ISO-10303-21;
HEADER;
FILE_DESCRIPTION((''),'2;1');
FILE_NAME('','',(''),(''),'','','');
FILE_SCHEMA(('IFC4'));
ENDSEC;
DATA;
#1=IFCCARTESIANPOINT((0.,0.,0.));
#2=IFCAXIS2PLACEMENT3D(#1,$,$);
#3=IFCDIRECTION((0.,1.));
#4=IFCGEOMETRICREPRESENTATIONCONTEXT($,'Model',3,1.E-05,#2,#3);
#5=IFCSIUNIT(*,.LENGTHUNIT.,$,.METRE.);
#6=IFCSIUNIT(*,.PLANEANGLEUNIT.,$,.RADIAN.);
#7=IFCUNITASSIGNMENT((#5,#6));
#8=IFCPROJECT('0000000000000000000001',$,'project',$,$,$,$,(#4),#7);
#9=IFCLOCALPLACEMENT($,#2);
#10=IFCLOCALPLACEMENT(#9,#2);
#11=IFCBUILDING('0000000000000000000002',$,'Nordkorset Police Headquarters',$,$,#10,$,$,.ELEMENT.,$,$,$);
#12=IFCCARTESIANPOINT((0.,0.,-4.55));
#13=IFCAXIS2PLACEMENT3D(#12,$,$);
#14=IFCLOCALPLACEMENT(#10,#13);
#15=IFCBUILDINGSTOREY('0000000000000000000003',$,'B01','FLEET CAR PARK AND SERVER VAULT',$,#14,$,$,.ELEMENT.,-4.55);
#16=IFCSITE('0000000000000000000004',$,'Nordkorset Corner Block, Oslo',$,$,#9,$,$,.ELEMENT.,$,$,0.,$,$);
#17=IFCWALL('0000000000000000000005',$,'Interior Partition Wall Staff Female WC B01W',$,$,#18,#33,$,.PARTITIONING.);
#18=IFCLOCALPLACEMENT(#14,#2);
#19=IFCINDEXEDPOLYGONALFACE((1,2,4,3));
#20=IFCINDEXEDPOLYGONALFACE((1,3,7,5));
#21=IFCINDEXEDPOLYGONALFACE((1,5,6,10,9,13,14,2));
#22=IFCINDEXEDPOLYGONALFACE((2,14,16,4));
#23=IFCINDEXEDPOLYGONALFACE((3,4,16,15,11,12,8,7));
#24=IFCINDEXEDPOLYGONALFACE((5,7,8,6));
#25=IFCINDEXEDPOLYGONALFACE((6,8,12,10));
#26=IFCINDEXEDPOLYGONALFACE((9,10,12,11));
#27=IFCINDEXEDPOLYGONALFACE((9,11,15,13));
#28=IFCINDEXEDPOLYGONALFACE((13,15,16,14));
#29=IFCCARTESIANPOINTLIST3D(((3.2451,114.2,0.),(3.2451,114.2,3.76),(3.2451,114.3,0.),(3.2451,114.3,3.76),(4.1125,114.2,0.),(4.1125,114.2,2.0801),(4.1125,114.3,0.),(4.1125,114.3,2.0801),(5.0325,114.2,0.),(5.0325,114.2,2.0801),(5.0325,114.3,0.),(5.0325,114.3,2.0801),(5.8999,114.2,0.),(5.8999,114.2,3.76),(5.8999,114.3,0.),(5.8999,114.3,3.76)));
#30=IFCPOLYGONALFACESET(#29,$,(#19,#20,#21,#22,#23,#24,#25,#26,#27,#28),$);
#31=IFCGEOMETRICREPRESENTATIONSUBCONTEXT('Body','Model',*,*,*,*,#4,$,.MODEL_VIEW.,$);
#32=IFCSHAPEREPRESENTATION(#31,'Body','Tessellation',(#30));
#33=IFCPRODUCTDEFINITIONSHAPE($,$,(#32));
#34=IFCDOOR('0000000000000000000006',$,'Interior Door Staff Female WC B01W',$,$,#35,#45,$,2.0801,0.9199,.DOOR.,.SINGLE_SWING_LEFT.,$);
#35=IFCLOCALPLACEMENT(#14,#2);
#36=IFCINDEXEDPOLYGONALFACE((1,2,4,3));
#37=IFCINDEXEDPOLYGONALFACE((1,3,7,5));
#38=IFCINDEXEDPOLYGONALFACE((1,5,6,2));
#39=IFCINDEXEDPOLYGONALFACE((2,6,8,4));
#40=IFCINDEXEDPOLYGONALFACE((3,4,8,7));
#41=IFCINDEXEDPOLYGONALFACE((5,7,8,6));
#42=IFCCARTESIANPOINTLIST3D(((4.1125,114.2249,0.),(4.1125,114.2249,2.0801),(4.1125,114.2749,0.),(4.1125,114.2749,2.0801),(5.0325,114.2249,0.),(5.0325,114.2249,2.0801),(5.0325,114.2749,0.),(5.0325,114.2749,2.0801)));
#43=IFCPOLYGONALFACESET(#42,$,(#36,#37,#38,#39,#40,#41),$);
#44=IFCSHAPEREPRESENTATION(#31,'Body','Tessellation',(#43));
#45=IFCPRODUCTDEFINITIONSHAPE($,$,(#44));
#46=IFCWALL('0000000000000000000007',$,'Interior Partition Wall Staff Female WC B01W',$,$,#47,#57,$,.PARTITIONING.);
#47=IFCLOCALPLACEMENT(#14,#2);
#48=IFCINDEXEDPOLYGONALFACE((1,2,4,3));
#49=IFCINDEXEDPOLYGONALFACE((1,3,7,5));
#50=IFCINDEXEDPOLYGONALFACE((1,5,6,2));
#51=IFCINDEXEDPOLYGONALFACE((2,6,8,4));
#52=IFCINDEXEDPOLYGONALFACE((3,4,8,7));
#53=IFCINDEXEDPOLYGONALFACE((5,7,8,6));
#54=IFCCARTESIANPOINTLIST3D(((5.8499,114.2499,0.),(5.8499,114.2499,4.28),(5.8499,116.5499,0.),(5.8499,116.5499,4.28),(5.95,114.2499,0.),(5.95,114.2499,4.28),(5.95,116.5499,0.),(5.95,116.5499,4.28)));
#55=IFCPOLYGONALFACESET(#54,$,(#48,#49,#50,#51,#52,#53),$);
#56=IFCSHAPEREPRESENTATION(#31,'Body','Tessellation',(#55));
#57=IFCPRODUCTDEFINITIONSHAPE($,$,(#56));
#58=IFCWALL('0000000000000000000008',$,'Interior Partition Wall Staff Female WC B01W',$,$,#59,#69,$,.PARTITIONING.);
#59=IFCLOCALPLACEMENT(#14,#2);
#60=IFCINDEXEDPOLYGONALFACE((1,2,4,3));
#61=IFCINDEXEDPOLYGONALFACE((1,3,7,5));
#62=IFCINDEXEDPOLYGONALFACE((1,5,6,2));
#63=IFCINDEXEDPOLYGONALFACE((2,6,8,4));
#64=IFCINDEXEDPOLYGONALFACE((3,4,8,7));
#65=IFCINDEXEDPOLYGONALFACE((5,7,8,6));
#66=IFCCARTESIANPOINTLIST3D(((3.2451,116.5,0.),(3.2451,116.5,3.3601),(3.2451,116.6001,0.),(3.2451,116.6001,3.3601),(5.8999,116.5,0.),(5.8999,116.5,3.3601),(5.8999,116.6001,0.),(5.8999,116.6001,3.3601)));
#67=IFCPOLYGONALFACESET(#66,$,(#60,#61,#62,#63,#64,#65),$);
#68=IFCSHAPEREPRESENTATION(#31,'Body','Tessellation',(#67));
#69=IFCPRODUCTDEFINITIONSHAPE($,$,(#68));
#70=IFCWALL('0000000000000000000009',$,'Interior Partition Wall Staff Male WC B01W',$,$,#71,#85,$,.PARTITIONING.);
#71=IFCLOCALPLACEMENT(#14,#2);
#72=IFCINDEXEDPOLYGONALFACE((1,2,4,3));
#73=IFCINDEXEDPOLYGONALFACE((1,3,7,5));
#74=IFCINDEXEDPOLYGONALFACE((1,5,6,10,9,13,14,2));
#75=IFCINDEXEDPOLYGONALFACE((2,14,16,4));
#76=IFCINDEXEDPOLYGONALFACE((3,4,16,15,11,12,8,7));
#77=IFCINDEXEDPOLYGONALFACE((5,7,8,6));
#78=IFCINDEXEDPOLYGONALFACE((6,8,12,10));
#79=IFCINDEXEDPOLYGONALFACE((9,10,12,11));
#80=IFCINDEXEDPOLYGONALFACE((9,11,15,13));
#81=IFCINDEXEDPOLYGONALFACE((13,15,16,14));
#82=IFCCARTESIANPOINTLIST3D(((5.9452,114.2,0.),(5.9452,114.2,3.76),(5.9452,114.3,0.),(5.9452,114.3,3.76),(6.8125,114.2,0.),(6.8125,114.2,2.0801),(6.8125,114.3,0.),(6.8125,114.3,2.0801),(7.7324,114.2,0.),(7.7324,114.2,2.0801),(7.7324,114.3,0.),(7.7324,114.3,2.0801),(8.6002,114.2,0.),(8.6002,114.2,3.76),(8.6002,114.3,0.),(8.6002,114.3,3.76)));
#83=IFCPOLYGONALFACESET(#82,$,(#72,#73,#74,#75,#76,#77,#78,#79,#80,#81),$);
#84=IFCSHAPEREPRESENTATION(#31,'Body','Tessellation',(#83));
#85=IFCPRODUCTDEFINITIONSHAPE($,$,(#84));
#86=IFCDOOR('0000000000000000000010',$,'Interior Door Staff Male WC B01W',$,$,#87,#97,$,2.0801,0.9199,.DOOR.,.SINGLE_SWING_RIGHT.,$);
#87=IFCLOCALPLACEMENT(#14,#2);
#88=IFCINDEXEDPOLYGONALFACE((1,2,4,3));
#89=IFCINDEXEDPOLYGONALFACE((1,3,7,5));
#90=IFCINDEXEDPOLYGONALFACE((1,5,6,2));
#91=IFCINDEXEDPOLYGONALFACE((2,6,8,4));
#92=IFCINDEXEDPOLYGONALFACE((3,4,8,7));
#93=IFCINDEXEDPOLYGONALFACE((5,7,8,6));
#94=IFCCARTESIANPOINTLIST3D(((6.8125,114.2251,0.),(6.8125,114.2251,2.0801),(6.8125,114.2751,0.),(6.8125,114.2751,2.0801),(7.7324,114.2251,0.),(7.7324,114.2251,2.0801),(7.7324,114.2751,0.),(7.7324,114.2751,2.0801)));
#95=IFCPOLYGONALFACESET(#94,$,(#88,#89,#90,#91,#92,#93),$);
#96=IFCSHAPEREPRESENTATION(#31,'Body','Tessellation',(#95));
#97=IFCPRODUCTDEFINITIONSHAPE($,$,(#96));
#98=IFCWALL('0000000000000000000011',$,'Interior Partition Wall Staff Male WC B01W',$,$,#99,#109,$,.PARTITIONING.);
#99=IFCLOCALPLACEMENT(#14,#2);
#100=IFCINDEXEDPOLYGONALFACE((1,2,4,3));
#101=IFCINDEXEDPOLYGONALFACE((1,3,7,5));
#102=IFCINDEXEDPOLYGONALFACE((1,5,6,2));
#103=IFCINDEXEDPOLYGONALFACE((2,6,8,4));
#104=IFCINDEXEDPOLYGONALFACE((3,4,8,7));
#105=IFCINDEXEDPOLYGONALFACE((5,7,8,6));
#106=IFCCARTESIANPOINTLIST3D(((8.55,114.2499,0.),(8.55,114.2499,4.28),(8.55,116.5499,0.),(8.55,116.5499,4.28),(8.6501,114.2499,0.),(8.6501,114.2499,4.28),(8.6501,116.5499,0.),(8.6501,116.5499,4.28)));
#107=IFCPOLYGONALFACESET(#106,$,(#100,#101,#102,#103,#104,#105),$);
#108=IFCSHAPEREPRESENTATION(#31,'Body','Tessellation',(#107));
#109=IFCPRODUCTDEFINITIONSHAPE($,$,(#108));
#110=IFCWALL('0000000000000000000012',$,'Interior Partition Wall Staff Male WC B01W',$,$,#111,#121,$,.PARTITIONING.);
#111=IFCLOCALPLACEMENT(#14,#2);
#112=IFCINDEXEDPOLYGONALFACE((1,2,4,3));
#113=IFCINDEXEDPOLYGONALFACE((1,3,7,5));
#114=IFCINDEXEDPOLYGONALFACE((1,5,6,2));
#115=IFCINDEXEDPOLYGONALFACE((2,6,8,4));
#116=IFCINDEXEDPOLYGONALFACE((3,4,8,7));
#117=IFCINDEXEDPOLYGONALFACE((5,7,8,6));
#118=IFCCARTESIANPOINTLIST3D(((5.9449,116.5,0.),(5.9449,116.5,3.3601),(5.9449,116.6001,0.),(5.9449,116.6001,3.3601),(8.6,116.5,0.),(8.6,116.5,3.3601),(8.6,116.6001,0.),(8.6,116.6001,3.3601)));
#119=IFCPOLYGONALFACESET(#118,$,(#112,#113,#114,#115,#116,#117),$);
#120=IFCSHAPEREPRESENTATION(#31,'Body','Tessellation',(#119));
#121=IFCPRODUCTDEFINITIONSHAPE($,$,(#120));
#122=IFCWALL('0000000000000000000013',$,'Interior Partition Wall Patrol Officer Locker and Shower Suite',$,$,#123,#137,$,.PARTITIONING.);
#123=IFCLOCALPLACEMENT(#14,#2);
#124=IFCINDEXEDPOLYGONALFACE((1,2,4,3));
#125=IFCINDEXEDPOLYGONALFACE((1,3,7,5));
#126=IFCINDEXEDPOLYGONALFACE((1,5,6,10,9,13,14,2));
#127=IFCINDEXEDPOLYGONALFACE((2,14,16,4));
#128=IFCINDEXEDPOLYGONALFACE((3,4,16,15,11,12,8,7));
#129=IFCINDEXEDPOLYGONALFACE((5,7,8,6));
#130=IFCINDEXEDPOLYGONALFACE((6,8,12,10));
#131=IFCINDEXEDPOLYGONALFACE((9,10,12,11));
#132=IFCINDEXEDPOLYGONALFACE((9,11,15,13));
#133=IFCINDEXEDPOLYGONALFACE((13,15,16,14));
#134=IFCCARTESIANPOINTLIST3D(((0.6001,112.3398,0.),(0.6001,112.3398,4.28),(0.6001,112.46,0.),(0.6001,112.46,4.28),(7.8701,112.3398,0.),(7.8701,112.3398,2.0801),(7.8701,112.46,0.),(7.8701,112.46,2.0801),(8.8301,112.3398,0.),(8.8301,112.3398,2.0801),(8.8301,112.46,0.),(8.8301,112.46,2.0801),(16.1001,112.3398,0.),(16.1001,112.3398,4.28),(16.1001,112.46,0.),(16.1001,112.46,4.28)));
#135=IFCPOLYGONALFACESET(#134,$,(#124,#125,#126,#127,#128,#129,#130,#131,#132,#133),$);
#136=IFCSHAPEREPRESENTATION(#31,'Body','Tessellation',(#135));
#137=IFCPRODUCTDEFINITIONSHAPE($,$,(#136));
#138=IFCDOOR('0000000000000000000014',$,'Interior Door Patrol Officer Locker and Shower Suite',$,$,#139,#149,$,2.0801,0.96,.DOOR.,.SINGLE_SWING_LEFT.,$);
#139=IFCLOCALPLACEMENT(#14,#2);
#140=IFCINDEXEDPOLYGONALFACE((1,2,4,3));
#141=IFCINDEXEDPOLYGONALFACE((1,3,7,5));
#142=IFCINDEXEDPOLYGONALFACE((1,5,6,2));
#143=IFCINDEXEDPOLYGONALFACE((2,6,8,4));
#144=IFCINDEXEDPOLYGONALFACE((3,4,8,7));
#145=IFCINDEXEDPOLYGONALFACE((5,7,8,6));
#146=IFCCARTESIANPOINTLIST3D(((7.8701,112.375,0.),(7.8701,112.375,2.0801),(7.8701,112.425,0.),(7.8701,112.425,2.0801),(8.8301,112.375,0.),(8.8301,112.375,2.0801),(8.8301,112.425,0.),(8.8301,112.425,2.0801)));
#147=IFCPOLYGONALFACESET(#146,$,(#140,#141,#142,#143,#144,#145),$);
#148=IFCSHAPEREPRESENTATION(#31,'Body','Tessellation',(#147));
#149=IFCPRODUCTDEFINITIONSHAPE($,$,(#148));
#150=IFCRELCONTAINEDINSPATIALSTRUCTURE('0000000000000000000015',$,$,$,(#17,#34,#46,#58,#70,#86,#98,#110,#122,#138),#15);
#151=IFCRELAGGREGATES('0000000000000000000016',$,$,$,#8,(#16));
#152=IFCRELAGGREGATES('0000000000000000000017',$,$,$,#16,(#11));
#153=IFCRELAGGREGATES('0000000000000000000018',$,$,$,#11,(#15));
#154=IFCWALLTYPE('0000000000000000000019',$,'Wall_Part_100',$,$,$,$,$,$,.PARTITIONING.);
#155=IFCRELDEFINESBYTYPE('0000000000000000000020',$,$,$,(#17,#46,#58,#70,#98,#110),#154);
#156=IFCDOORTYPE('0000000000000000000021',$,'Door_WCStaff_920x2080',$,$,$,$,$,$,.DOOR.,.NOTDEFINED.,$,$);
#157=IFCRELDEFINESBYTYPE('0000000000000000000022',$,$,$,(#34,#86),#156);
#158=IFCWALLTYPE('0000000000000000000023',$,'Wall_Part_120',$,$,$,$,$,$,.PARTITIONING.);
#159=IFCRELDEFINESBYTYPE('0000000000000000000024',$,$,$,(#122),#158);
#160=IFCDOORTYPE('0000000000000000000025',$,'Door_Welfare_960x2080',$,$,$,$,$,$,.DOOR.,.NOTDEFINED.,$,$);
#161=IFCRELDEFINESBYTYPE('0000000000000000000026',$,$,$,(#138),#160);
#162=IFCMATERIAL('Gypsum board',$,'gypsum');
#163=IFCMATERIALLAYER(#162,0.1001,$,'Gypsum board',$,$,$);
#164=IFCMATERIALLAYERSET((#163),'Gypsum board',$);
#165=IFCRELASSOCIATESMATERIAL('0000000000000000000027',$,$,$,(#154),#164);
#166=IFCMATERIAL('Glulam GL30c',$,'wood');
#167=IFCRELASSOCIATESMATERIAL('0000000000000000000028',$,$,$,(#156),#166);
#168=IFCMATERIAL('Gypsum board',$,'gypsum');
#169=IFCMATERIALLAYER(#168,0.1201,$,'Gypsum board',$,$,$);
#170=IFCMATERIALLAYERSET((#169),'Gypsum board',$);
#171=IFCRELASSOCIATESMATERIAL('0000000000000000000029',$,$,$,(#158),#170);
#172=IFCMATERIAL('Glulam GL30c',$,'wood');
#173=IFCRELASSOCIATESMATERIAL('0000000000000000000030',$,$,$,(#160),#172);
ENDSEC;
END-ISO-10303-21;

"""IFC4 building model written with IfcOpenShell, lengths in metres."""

from ifc_helpers import new_model, si_unit, direction, frame, frame_2d, origin, place, context, subcontext, project, spatial, rectangle, extrude, material, layer, layer_set, type_object, element, fill, save


model = new_model("IFC4")

# Units and contexts
model_context = context("Model", 3, precision=1e-05, world=origin(), true_north=direction((0.0, 1.0)))
body_context = subcontext(model_context, "Body", "Model", "MODEL_VIEW")
ifc_project = project(units=[si_unit("LENGTHUNIT", "METRE"), si_unit("PLANEANGLEUNIT", "RADIAN")], contexts=[model_context])

# Site, building, storey
site_placement = place(None, origin())
site = spatial("IfcSite", under=ifc_project, at=site_placement, Name="Nordkorset Corner Block, Oslo", CompositionType="ELEMENT", RefElevation=0.0)
building_placement = place(site_placement, origin())
building = spatial("IfcBuilding", under=site, at=building_placement, Name="Nordkorset Police Headquarters", CompositionType="ELEMENT")
storey_placement = place(building_placement, frame((0.0, 0.0, -4.55)))
storey = spatial("IfcBuildingStorey", under=building, at=storey_placement, Name="B01", Description="FLEET CAR PARK AND SERVER VAULT", CompositionType="ELEMENT", Elevation=-4.55)

# Shared definitions
ifc_material_1 = material(Name="Gypsum board", Category="gypsum")
ifc_layer_1 = layer(ifc_material_1, 0.1001, Name="Gypsum board")
ifc_layer_set_1 = layer_set([ifc_layer_1], Name="Gypsum board")
wall_type_1 = type_object("IfcWallType", Name="Wall_Part_100", PredefinedType="PARTITIONING", material=ifc_layer_set_1)

# Wall, opening, door
wall_1_placement = place(storey_placement, frame((3.2451, 114.25, 0.0), z_axis=(0.0, 0.0, 1.0), x_axis=(1.0, 0.0, 0.0)))
wall_1 = element("IfcWall", 1, at=wall_1_placement, inside=storey, type_object=wall_type_1, Name="Interior Partition Wall Staff Female WC B01W", PredefinedType="PARTITIONING", context=body_context, shape_type="SweptSolid", body=[
    extrude(rectangle(XDim=2.6548, YDim=0.1001, at=frame_2d((1.3274, 0.0))), origin(), (0.0, 0.0, 1.0), 3.76),
])
opening_1_placement = place(wall_1_placement, frame((0.8674, 0.0, 0.0)))
opening_1 = element("IfcOpeningElement", 2, at=opening_1_placement, cuts=wall_1, PredefinedType="OPENING", context=body_context, shape_type="SweptSolid", body=[
    extrude(rectangle(XDim=0.9199, YDim=2.0801, at=frame_2d((0.46, 1.04))), frame((0.0, 0.0601, 0.0), z_axis=(0.0, -1.0, 0.0), x_axis=(1.0, 0.0, 0.0)), (0.0, 0.0, 1.0), 0.1201),
])
ifc_material_2 = material(Name="Glulam GL30c", Category="wood")
door_type_1 = type_object("IfcDoorType", Name="Door_WCStaff_920x2080", OperationType="NOTDEFINED", PredefinedType="DOOR", material=ifc_material_2)
door_1_placement = place(opening_1_placement, origin())
door_1 = element("IfcDoor", 3, at=door_1_placement, inside=storey, type_object=door_type_1, Name="Interior Door Staff Female WC B01W", OperationType="SINGLE_SWING_LEFT", OverallHeight=2.0801, OverallWidth=0.9199, PredefinedType="DOOR", context=body_context, shape_type="SweptSolid", body=[
    extrude(rectangle(XDim=0.9199, YDim=2.0801, at=frame_2d((0.46, 1.04))), frame((0.0, 0.0249, 0.0), z_axis=(0.0, -1.0, 0.0), x_axis=(1.0, 0.0, 0.0)), (0.0, 0.0, 1.0), 0.05),
])
fill(opening_1, door_1)

# Walls
wall_2_placement = place(storey_placement, frame((5.8999, 114.25, 0.0), z_axis=(0.0, 0.0, 1.0), x_axis=(0.0, 1.0, 0.0)))
element("IfcWall", 4, at=wall_2_placement, inside=storey, type_object=wall_type_1, Name="Interior Partition Wall Staff Female WC B01W", PredefinedType="PARTITIONING", context=body_context, shape_type="SweptSolid", body=[
    extrude(rectangle(XDim=2.3, YDim=0.1001, at=frame_2d((1.1499, 0.0))), origin(), (0.0, 0.0, 1.0), 4.28),
])
wall_3_placement = place(storey_placement, frame((5.8999, 116.55, 0.0), z_axis=(0.0, 0.0, 1.0), x_axis=(-1.0, 0.0, 0.0)))
element("IfcWall", 5, at=wall_3_placement, inside=storey, type_object=wall_type_1, Name="Interior Partition Wall Staff Female WC B01W", PredefinedType="PARTITIONING", context=body_context, shape_type="SweptSolid", body=[
    extrude(rectangle(XDim=2.6548, YDim=0.1001, at=frame_2d((1.3274, 0.0))), origin(), (0.0, 0.0, 1.0), 3.3601),
])

# Wall, opening, door
wall_4_placement = place(storey_placement, frame((5.9451, 114.25, 0.0), z_axis=(0.0, 0.0, 1.0), x_axis=(1.0, 0.0, 0.0)))
wall_4 = element("IfcWall", 6, at=wall_4_placement, inside=storey, type_object=wall_type_1, Name="Interior Partition Wall Staff Male WC B01W", PredefinedType="PARTITIONING", context=body_context, shape_type="SweptSolid", body=[
    extrude(rectangle(XDim=2.655, YDim=0.1001, at=frame_2d((1.3276, 0.0))), origin(), (0.0, 0.0, 1.0), 3.76),
])
opening_2_placement = place(wall_4_placement, frame((0.8674, 0.0, 0.0)))
opening_2 = element("IfcOpeningElement", 7, at=opening_2_placement, cuts=wall_4, PredefinedType="OPENING", context=body_context, shape_type="SweptSolid", body=[
    extrude(rectangle(XDim=0.9199, YDim=2.0801, at=frame_2d((0.46, 1.04))), frame((0.0, 0.0601, 0.0), z_axis=(0.0, -1.0, 0.0), x_axis=(1.0, 0.0, 0.0)), (0.0, 0.0, 1.0), 0.1201),
])
door_2_placement = place(opening_2_placement, frame((0.9199, 0.0, 0.0), z_axis=(0.0, 0.0, 1.0), x_axis=(-1.0, 0.0, 0.0)))
door_2 = element("IfcDoor", 8, at=door_2_placement, inside=storey, type_object=door_type_1, Name="Interior Door Staff Male WC B01W", OperationType="SINGLE_SWING_RIGHT", OverallHeight=2.0801, OverallWidth=0.9199, PredefinedType="DOOR", context=body_context, shape_type="SweptSolid", body=[
    extrude(rectangle(XDim=0.9199, YDim=2.0801, at=frame_2d((0.46, 1.04))), frame((0.0, 0.0249, 0.0), z_axis=(0.0, -1.0, 0.0), x_axis=(1.0, 0.0, 0.0)), (0.0, 0.0, 1.0), 0.05),
])
fill(opening_2, door_2)

# Walls
wall_5_placement = place(storey_placement, frame((8.6001, 114.25, 0.0), z_axis=(0.0, 0.0, 1.0), x_axis=(0.0, 1.0, 0.0)))
element("IfcWall", 9, at=wall_5_placement, inside=storey, type_object=wall_type_1, Name="Interior Partition Wall Staff Male WC B01W", PredefinedType="PARTITIONING", context=body_context, shape_type="SweptSolid", body=[
    extrude(rectangle(XDim=2.3, YDim=0.1001, at=frame_2d((1.1499, 0.0))), origin(), (0.0, 0.0, 1.0), 4.28),
])
wall_6_placement = place(storey_placement, frame((8.6001, 116.55, 0.0), z_axis=(0.0, 0.0, 1.0), x_axis=(-1.0, 0.0, 0.0)))
element("IfcWall", 10, at=wall_6_placement, inside=storey, type_object=wall_type_1, Name="Interior Partition Wall Staff Male WC B01W", PredefinedType="PARTITIONING", context=body_context, shape_type="SweptSolid", body=[
    extrude(rectangle(XDim=2.655, YDim=0.1001, at=frame_2d((1.3276, 0.0))), origin(), (0.0, 0.0, 1.0), 3.3601),
])

# Wall, opening, door
ifc_material_3 = material(Name="Gypsum board", Category="gypsum")
ifc_layer_2 = layer(ifc_material_3, 0.1201, Name="Gypsum board")
ifc_layer_set_2 = layer_set([ifc_layer_2], Name="Gypsum board")
wall_type_2 = type_object("IfcWallType", Name="Wall_Part_120", PredefinedType="PARTITIONING", material=ifc_layer_set_2)
wall_7_placement = place(storey_placement, frame((16.1001, 112.3999, 0.0), z_axis=(0.0, 0.0, 1.0), x_axis=(-1.0, 0.0, 0.0)))
wall_7 = element("IfcWall", 11, at=wall_7_placement, inside=storey, type_object=wall_type_2, Name="Interior Partition Wall Patrol Officer Locker and Shower Suite", PredefinedType="PARTITIONING", context=body_context, shape_type="SweptSolid", body=[
    extrude(rectangle(XDim=15.5, YDim=0.1201, at=frame_2d((7.75, 0.0))), origin(), (0.0, 0.0, 1.0), 4.28),
])
opening_3_placement = place(wall_7_placement, frame((7.27, 0.0, 0.0)))
opening_3 = element("IfcOpeningElement", 12, at=opening_3_placement, cuts=wall_7, PredefinedType="OPENING", context=body_context, shape_type="SweptSolid", body=[
    extrude(rectangle(XDim=0.96, YDim=2.0801, at=frame_2d((0.48, 1.04))), frame((0.0, 0.0701, 0.0), z_axis=(0.0, -1.0, 0.0), x_axis=(1.0, 0.0, 0.0)), (0.0, 0.0, 1.0), 0.1401),
])
ifc_material_4 = material(Name="Glulam GL30c", Category="wood")
door_type_2 = type_object("IfcDoorType", Name="Door_Welfare_960x2080", OperationType="NOTDEFINED", PredefinedType="DOOR", material=ifc_material_4)
door_3_placement = place(opening_3_placement, origin())
door_3 = element("IfcDoor", 13, at=door_3_placement, inside=storey, type_object=door_type_2, Name="Interior Door Patrol Officer Locker and Shower Suite", OperationType="SINGLE_SWING_LEFT", OverallHeight=2.0801, OverallWidth=0.96, PredefinedType="DOOR", context=body_context, shape_type="SweptSolid", body=[
    extrude(rectangle(XDim=0.96, YDim=2.0801, at=frame_2d((0.48, 1.04))), frame((0.0, 0.0249, 0.0), z_axis=(0.0, -1.0, 0.0), x_axis=(1.0, 0.0, 0.0)), (0.0, 0.0, 1.0), 0.05),
])
fill(opening_3, door_3)

save(model, "model.ifc")
